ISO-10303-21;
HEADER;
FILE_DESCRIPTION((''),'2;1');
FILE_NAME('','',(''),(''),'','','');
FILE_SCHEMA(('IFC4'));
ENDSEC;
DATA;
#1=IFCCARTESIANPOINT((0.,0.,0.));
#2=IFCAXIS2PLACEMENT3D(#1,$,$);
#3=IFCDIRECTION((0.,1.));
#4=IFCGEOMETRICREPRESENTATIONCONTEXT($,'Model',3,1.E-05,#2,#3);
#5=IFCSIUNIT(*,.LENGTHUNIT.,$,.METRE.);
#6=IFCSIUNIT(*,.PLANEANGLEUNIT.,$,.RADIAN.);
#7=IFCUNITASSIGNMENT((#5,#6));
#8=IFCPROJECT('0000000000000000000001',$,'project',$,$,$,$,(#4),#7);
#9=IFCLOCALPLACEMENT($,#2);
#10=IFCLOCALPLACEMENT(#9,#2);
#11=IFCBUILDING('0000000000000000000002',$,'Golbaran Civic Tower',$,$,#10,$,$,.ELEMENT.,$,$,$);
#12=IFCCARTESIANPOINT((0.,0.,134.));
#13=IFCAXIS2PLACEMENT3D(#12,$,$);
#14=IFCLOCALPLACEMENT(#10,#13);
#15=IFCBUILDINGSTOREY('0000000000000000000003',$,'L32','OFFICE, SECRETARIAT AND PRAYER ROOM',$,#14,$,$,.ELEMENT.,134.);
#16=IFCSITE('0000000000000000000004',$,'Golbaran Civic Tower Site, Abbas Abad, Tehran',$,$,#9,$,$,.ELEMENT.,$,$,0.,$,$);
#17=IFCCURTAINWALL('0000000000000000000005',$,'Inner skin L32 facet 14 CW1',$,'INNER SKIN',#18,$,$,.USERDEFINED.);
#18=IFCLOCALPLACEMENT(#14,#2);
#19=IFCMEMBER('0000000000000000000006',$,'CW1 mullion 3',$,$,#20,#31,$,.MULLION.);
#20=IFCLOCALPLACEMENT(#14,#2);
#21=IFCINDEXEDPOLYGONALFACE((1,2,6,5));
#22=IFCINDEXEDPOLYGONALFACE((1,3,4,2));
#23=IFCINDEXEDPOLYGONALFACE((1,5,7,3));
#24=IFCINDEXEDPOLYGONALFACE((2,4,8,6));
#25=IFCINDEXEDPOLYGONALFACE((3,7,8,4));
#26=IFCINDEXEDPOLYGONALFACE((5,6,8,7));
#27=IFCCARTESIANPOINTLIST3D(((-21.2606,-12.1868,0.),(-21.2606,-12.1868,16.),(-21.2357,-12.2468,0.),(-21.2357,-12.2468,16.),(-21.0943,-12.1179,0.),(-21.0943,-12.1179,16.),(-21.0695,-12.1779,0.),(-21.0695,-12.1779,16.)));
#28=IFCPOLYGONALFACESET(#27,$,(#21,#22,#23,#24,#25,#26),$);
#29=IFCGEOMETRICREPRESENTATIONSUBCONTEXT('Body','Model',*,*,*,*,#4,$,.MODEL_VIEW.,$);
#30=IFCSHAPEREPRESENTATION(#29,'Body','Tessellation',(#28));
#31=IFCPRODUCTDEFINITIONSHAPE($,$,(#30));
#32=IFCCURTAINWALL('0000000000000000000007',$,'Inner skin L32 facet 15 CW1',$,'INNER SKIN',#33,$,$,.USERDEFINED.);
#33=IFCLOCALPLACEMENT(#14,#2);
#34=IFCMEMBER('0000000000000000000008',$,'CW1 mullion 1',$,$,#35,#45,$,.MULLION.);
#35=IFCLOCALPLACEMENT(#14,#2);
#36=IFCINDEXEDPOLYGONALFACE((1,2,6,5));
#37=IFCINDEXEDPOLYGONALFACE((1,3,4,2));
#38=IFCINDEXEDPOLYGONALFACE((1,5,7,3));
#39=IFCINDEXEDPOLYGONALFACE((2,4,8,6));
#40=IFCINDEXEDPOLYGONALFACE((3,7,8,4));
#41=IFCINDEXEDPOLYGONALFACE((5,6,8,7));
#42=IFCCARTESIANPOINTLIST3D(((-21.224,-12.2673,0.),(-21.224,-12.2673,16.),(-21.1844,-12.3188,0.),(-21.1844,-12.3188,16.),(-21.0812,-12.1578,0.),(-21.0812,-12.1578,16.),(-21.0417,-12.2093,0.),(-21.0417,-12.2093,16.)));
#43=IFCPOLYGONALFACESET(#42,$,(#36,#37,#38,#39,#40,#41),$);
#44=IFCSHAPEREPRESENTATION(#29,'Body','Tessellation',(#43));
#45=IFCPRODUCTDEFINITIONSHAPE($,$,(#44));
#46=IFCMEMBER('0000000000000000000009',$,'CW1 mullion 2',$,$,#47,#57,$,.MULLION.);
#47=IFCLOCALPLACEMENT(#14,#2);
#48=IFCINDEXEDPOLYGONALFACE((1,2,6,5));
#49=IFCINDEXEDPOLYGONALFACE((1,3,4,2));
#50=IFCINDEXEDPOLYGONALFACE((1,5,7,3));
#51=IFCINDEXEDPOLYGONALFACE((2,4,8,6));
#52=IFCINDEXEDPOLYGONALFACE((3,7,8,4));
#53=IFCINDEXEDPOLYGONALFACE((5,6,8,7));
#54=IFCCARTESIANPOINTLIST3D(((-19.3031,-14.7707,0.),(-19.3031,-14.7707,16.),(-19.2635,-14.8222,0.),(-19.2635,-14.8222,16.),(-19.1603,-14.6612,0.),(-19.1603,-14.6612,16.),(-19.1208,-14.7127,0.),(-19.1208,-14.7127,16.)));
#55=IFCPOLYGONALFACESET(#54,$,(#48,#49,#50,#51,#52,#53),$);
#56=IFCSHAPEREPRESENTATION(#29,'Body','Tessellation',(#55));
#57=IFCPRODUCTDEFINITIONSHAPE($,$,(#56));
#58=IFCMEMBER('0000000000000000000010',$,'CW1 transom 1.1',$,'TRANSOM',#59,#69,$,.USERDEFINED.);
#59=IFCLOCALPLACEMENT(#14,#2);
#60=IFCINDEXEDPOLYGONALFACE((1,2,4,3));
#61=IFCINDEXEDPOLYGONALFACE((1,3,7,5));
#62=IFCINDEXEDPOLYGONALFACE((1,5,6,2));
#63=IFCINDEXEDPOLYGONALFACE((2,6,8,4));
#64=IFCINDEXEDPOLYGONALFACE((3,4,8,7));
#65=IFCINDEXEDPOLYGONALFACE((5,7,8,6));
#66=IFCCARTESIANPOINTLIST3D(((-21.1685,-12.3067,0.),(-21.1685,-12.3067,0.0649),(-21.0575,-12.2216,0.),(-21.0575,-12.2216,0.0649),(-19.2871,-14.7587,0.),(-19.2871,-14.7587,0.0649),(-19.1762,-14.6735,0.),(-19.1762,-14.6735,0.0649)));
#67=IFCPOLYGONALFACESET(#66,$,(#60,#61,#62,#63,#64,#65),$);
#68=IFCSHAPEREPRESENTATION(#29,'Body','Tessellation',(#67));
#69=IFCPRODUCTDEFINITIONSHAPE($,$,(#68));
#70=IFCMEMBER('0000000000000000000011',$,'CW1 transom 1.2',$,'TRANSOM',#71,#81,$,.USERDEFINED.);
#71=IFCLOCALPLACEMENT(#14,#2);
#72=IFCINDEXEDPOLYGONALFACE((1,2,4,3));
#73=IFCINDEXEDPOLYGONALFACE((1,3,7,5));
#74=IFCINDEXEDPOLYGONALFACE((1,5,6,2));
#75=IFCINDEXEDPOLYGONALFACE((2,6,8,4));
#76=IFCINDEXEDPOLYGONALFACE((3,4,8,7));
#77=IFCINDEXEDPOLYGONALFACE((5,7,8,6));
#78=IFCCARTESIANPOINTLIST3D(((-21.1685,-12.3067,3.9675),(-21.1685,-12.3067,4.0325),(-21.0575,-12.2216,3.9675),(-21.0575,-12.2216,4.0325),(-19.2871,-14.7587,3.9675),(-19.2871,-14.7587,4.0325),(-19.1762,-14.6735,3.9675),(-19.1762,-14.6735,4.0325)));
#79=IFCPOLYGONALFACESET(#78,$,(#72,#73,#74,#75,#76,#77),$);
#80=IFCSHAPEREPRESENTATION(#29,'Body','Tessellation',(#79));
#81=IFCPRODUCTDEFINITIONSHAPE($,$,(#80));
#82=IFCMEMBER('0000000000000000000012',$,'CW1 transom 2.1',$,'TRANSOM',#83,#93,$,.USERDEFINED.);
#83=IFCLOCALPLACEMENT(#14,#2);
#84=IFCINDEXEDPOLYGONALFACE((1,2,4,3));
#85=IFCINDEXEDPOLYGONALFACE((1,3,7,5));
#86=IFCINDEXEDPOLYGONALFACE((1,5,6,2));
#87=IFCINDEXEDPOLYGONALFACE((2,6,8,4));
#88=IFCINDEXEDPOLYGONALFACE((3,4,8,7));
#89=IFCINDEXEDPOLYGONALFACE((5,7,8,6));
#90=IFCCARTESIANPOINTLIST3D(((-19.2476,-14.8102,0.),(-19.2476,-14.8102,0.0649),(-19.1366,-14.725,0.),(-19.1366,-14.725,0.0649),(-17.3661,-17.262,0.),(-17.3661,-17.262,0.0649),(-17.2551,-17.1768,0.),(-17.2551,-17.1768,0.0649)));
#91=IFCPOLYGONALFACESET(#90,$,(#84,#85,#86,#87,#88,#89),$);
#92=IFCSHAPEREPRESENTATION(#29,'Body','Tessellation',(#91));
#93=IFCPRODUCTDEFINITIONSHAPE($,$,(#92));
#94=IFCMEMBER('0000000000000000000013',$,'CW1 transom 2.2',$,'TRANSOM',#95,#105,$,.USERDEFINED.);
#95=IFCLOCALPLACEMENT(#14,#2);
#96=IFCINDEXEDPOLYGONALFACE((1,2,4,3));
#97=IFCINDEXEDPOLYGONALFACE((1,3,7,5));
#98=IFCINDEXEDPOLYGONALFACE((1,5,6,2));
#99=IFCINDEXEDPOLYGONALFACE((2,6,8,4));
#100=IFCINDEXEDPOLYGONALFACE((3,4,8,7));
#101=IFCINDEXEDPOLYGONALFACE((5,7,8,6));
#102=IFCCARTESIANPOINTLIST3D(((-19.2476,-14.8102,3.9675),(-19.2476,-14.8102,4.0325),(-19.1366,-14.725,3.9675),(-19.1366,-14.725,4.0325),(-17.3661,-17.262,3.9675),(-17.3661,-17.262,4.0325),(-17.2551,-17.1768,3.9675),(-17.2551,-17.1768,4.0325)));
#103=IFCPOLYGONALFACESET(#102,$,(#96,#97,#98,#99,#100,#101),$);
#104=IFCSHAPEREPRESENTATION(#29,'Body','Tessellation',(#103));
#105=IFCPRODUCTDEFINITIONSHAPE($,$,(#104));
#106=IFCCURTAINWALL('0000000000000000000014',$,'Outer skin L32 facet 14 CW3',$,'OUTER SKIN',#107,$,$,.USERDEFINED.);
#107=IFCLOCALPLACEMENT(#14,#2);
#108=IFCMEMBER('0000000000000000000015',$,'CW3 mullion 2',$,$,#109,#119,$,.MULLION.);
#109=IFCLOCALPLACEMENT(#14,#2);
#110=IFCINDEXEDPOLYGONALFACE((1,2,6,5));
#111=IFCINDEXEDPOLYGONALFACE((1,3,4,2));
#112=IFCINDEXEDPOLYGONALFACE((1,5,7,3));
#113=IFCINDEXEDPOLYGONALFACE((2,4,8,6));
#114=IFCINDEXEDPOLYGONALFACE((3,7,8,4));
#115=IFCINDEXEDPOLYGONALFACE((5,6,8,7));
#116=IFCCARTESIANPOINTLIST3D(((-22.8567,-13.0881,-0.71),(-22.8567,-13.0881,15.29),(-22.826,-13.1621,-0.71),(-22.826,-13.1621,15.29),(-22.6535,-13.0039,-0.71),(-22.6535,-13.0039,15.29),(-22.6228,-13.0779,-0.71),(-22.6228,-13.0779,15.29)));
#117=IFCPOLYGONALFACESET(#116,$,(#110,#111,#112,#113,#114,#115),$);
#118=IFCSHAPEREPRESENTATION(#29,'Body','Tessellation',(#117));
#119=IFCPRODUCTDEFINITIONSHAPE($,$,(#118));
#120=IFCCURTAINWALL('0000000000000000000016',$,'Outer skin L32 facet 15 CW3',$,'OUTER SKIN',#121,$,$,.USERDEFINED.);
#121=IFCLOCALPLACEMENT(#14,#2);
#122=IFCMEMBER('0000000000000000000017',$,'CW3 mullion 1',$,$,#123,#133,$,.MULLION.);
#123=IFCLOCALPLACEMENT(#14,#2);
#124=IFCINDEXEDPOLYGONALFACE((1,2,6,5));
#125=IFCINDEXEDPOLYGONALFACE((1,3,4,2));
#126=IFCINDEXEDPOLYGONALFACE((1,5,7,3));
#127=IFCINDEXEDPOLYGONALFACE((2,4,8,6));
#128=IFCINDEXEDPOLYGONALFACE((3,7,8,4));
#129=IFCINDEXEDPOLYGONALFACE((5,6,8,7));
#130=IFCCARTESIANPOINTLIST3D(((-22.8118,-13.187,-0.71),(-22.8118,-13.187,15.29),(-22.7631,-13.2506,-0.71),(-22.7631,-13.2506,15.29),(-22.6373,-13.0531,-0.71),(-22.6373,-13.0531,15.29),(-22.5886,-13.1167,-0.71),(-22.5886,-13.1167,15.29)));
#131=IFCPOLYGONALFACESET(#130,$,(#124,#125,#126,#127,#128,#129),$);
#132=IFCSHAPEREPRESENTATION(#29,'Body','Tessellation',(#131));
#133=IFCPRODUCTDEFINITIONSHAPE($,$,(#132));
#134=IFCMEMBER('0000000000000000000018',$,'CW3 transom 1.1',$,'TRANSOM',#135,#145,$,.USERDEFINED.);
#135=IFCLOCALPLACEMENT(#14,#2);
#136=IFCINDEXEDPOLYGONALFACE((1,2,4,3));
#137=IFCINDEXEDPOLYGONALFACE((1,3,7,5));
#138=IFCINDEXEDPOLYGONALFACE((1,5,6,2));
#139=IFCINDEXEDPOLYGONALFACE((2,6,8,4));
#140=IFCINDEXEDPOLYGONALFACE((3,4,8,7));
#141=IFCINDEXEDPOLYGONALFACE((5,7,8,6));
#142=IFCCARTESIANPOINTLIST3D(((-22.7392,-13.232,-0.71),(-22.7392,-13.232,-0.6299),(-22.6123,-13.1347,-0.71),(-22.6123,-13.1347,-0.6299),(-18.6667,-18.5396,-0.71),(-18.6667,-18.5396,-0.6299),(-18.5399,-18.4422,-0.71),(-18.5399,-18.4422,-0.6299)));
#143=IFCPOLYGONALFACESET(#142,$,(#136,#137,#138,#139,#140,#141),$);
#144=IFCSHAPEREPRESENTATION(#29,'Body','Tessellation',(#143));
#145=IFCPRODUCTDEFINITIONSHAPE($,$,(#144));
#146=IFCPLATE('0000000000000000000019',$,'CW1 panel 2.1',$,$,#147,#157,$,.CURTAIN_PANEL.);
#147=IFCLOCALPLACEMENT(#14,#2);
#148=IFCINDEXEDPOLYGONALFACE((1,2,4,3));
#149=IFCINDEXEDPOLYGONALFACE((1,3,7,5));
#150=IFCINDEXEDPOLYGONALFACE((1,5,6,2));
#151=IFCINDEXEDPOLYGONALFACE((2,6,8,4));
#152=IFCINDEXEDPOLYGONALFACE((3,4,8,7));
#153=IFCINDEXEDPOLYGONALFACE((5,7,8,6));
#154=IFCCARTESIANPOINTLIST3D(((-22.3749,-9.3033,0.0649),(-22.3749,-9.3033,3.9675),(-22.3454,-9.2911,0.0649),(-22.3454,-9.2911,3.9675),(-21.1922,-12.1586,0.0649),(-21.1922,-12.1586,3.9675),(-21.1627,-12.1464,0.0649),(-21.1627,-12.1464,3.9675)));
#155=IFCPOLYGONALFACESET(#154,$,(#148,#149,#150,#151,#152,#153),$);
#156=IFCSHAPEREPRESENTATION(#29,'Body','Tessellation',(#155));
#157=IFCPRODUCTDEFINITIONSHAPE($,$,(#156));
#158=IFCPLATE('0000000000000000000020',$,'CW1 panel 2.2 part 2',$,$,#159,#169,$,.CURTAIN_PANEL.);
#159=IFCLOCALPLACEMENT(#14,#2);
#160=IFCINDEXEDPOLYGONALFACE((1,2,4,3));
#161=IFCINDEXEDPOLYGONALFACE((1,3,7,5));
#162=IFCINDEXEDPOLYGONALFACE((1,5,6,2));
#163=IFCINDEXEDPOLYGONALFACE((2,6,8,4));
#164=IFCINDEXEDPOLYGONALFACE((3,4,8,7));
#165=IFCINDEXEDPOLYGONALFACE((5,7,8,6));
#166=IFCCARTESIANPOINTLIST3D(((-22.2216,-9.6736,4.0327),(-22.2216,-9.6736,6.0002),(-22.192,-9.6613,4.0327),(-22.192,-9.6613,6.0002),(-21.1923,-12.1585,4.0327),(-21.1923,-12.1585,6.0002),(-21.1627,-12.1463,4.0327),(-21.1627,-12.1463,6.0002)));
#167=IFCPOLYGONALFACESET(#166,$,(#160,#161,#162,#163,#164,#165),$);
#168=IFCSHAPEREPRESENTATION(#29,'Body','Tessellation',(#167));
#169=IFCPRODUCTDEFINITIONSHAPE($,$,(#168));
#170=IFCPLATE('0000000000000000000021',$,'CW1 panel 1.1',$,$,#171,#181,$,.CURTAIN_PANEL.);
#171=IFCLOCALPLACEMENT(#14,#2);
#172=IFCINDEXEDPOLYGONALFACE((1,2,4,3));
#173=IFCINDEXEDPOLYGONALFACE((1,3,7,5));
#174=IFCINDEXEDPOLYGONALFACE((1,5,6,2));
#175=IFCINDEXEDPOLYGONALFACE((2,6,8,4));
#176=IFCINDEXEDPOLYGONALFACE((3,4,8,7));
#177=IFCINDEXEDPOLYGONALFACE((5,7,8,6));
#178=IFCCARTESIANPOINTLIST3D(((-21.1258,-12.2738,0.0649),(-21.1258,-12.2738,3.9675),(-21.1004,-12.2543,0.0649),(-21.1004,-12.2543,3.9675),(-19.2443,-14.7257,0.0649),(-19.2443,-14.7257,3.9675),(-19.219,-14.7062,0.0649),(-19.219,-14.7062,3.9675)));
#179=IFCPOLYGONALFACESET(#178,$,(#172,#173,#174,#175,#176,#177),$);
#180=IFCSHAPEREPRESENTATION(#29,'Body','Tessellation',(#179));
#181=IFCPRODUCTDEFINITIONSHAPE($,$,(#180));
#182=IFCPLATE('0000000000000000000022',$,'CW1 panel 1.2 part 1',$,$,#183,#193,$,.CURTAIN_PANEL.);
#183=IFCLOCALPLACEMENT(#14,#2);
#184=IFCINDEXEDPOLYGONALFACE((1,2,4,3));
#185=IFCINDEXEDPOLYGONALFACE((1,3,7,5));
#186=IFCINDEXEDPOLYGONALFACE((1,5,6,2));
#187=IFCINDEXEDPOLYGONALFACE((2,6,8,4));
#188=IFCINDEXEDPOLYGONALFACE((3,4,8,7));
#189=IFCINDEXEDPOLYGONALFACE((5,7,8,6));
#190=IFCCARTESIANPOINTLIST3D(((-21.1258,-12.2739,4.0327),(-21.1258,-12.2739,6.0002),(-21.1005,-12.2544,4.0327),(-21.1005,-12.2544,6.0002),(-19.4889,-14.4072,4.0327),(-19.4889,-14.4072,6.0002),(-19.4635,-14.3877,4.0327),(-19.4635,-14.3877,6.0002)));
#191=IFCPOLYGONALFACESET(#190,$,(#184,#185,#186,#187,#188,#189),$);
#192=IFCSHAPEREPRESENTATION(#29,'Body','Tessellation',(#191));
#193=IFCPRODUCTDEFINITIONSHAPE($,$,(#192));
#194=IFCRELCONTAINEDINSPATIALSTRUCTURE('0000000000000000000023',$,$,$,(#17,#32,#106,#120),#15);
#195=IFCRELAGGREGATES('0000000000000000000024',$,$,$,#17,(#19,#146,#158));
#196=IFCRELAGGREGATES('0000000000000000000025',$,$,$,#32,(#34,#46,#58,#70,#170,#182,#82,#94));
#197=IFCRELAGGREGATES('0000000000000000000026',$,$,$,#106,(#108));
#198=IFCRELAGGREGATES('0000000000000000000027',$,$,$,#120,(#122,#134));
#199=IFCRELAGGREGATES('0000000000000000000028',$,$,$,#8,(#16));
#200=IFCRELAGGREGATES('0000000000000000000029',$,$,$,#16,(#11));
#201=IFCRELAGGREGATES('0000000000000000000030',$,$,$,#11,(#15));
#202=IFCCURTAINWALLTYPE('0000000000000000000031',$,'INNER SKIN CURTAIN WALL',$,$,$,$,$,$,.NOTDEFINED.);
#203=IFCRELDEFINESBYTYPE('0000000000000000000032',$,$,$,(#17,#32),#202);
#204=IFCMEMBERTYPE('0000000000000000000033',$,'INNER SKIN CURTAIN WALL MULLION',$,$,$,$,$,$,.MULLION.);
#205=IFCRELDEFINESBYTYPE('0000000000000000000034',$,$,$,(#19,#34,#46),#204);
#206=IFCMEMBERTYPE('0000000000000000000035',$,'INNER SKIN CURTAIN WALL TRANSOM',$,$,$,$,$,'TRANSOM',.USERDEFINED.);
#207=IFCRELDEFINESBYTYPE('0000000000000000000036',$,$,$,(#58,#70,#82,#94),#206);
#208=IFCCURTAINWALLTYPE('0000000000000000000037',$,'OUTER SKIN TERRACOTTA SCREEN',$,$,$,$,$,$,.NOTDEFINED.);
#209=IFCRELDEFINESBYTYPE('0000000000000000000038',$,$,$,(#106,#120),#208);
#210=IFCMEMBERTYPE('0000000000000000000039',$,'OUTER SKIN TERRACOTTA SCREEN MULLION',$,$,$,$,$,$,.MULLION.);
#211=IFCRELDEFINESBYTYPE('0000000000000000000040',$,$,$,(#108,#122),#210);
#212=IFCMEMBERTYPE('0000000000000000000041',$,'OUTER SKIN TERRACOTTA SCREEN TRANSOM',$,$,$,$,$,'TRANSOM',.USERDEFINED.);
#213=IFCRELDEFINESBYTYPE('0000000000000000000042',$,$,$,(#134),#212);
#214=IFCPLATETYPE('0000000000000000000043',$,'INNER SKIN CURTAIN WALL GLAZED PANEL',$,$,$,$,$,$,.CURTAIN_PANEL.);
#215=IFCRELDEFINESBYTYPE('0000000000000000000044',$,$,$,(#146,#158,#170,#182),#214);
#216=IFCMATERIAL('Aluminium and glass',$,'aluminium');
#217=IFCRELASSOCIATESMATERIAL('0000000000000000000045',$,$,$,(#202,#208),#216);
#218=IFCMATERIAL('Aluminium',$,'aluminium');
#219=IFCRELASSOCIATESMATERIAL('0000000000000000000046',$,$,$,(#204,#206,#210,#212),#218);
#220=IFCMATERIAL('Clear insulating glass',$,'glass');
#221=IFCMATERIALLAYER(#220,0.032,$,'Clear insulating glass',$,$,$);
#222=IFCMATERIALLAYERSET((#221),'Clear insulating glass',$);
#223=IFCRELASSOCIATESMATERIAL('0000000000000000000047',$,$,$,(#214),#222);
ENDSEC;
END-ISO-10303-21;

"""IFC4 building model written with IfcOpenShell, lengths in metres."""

from ifc_helpers import new_model, si_unit, direction, frame, origin, origin_2d, place, context, subcontext, project, spatial, rectangle, extrude, material, layer, layer_set, material_profile, profile_set, type_object, element, aggregate, save


model = new_model("IFC4")

# Units and contexts
model_context = context("Model", 3, precision=1e-05, world=origin(), true_north=direction((0.0, 1.0)))
body_context = subcontext(model_context, "Body", "Model", "MODEL_VIEW")
ifc_project = project(units=[si_unit("LENGTHUNIT", "METRE"), si_unit("PLANEANGLEUNIT", "RADIAN")], contexts=[model_context])

# Site, building, storey
site_placement = place(None, origin())
site = spatial("IfcSite", under=ifc_project, at=site_placement, Name="Golbaran Civic Tower Site, Abbas Abad, Tehran", CompositionType="ELEMENT", RefElevation=0.0)
building_placement = place(site_placement, origin())
building = spatial("IfcBuilding", under=site, at=building_placement, Name="Golbaran Civic Tower", CompositionType="ELEMENT")
storey_placement = place(building_placement, frame((0.0, 0.0, 134.0)))
storey = spatial("IfcBuildingStorey", under=building, at=storey_placement, Name="L32", Description="OFFICE, SECRETARIAT AND PRAYER ROOM", CompositionType="ELEMENT", Elevation=134.0)

# Curtain wall, member
ifc_material_1 = material(Name="Aluminium and glass", Category="aluminium")
curtain_wall_type_1 = type_object("IfcCurtainWallType", Name="INNER SKIN CURTAIN WALL", PredefinedType="NOTDEFINED", material=ifc_material_1)
curtain_wall_1_placement = place(storey_placement, origin())
curtain_wall_1 = element("IfcCurtainWall", 1, at=curtain_wall_1_placement, inside=storey, type_object=curtain_wall_type_1, Name="Inner skin L32 facet 14 CW1", ObjectType="INNER SKIN", PredefinedType="USERDEFINED")
ifc_material_2 = material(Name="Aluminium", Category="aluminium")
ifc_material_profile_1 = material_profile(ifc_material_2, rectangle(XDim=0.1799, YDim=0.0649, at=origin_2d()), Name="INNER SKIN CURTAIN WALL MULLION")
ifc_profile_set_1 = profile_set([ifc_material_profile_1], Name="Aluminium")
member_type_1 = type_object("IfcMemberType", Name="INNER SKIN CURTAIN WALL MULLION", PredefinedType="MULLION", material=ifc_profile_set_1)
member_1_placement = place(storey_placement, frame((-21.165, -12.1824, 0.0), z_axis=(0.0, 0.0, 1.0), x_axis=(0.92388, 0.382683, 0.0)))
member_1 = element("IfcMember", 2, at=member_1_placement, type_object=member_type_1, Name="CW1 mullion 3", PredefinedType="MULLION", context=body_context, shape_type="SweptSolid", body=[
    extrude(rectangle(XDim=0.1799, YDim=0.0649, at=origin_2d()), origin(), (0.0, 0.0, 1.0), 16.0),
])

# Curtain wall, members
curtain_wall_2_placement = place(storey_placement, origin())
curtain_wall_2 = element("IfcCurtainWall", 3, at=curtain_wall_2_placement, inside=storey, type_object=curtain_wall_type_1, Name="Inner skin L32 facet 15 CW1", ObjectType="INNER SKIN", PredefinedType="USERDEFINED")
member_2_placement = place(storey_placement, frame((-21.1328, -12.2383, 0.0), z_axis=(0.0, 0.0, 1.0), x_axis=(0.793353, 0.608761, 0.0)))
member_2 = element("IfcMember", 4, at=member_2_placement, type_object=member_type_1, Name="CW1 mullion 1", PredefinedType="MULLION", context=body_context, shape_type="SweptSolid", body=[
    extrude(rectangle(XDim=0.1799, YDim=0.0649, at=origin_2d()), origin(), (0.0, 0.0, 1.0), 16.0),
])
member_3_placement = place(storey_placement, frame((-19.2119, -14.7417, 0.0), z_axis=(0.0, 0.0, 1.0), x_axis=(0.793353, 0.608761, 0.0)))
member_3 = element("IfcMember", 5, at=member_3_placement, type_object=member_type_1, Name="CW1 mullion 2", PredefinedType="MULLION", context=body_context, shape_type="SweptSolid", body=[
    extrude(rectangle(XDim=0.1799, YDim=0.0649, at=origin_2d()), origin(), (0.0, 0.0, 1.0), 16.0),
])
ifc_material_profile_2 = material_profile(ifc_material_2, rectangle(XDim=0.1399, YDim=0.0649, at=origin_2d()), Name="INNER SKIN CURTAIN WALL TRANSOM")
ifc_profile_set_2 = profile_set([ifc_material_profile_2], Name="Aluminium")
member_type_2 = type_object("IfcMemberType", Name="INNER SKIN CURTAIN WALL TRANSOM", ElementType="TRANSOM", PredefinedType="USERDEFINED", material=ifc_profile_set_2)
member_4_placement = place(storey_placement, frame((-21.113, -12.2642, 0.0325), z_axis=(0.608748, -0.793363, 0.0), x_axis=(0.793363, 0.608748, 0.0)))
member_4 = element("IfcMember", 6, at=member_4_placement, type_object=member_type_2, Name="CW1 transom 1.1", ObjectType="TRANSOM", PredefinedType="USERDEFINED", context=body_context, shape_type="SweptSolid", body=[
    extrude(rectangle(XDim=0.1399, YDim=0.0649, at=origin_2d()), origin(), (0.0, 0.0, 1.0), 3.0906),
])
member_5_placement = place(storey_placement, frame((-21.113, -12.2642, 4.0), z_axis=(0.608748, -0.793363, 0.0), x_axis=(0.793363, 0.608748, 0.0)))
member_5 = element("IfcMember", 7, at=member_5_placement, type_object=member_type_2, Name="CW1 transom 1.2", ObjectType="TRANSOM", PredefinedType="USERDEFINED", context=body_context, shape_type="SweptSolid", body=[
    extrude(rectangle(XDim=0.1399, YDim=0.0649, at=origin_2d()), origin(), (0.0, 0.0, 1.0), 3.0906),
])
member_6_placement = place(storey_placement, frame((-19.1921, -14.7676, 0.0325), z_axis=(0.608798, -0.793325, 0.0), x_axis=(0.793325, 0.608798, 0.0)))
member_6 = element("IfcMember", 8, at=member_6_placement, type_object=member_type_2, Name="CW1 transom 2.1", ObjectType="TRANSOM", PredefinedType="USERDEFINED", context=body_context, shape_type="SweptSolid", body=[
    extrude(rectangle(XDim=0.1399, YDim=0.0649, at=origin_2d()), origin(), (0.0, 0.0, 1.0), 3.0906),
])
member_7_placement = place(storey_placement, frame((-19.1921, -14.7676, 4.0), z_axis=(0.608798, -0.793325, 0.0), x_axis=(0.793325, 0.608798, 0.0)))
member_7 = element("IfcMember", 9, at=member_7_placement, type_object=member_type_2, Name="CW1 transom 2.2", ObjectType="TRANSOM", PredefinedType="USERDEFINED", context=body_context, shape_type="SweptSolid", body=[
    extrude(rectangle(XDim=0.1399, YDim=0.0649, at=origin_2d()), origin(), (0.0, 0.0, 1.0), 3.0906),
])

# Curtain wall, member
curtain_wall_type_2 = type_object("IfcCurtainWallType", Name="OUTER SKIN TERRACOTTA SCREEN", PredefinedType="NOTDEFINED", material=ifc_material_1)
curtain_wall_3_placement = place(storey_placement, origin())
curtain_wall_3 = element("IfcCurtainWall", 10, at=curtain_wall_3_placement, inside=storey, type_object=curtain_wall_type_2, Name="Outer skin L32 facet 14 CW3", ObjectType="OUTER SKIN", PredefinedType="USERDEFINED")
ifc_material_profile_3 = material_profile(ifc_material_2, rectangle(XDim=0.22, YDim=0.0801, at=origin_2d()), Name="OUTER SKIN TERRACOTTA SCREEN MULLION")
ifc_profile_set_3 = profile_set([ifc_material_profile_3], Name="Aluminium")
member_type_3 = type_object("IfcMemberType", Name="OUTER SKIN TERRACOTTA SCREEN MULLION", PredefinedType="MULLION", material=ifc_profile_set_3)
member_8_placement = place(storey_placement, frame((-22.7397, -13.083, -0.71), z_axis=(0.0, 0.0, 1.0), x_axis=(0.92388, 0.382683, 0.0)))
member_8 = element("IfcMember", 11, at=member_8_placement, type_object=member_type_3, Name="CW3 mullion 2", PredefinedType="MULLION", context=body_context, shape_type="SweptSolid", body=[
    extrude(rectangle(XDim=0.22, YDim=0.0801, at=origin_2d()), origin(), (0.0, 0.0, 1.0), 16.0),
])

# Curtain wall, members
curtain_wall_4_placement = place(storey_placement, origin())
curtain_wall_4 = element("IfcCurtainWall", 12, at=curtain_wall_4_placement, inside=storey, type_object=curtain_wall_type_2, Name="Outer skin L32 facet 15 CW3", ObjectType="OUTER SKIN", PredefinedType="USERDEFINED")
member_9_placement = place(storey_placement, frame((-22.7002, -13.1519, -0.71), z_axis=(0.0, 0.0, 1.0), x_axis=(0.793353, 0.608761, 0.0)))
member_9 = element("IfcMember", 13, at=member_9_placement, type_object=member_type_3, Name="CW3 mullion 1", PredefinedType="MULLION", context=body_context, shape_type="SweptSolid", body=[
    extrude(rectangle(XDim=0.22, YDim=0.0801, at=origin_2d()), origin(), (0.0, 0.0, 1.0), 16.0),
])
ifc_material_profile_4 = material_profile(ifc_material_2, rectangle(XDim=0.1599, YDim=0.0801, at=origin_2d()), Name="OUTER SKIN TERRACOTTA SCREEN TRANSOM")
ifc_profile_set_4 = profile_set([ifc_material_profile_4], Name="Aluminium")
member_type_4 = type_object("IfcMemberType", Name="OUTER SKIN TERRACOTTA SCREEN TRANSOM", ElementType="TRANSOM", PredefinedType="USERDEFINED", material=ifc_profile_set_4)
member_10_placement = place(storey_placement, frame((-22.6758, -13.1833, -0.6699), z_axis=(0.608746, -0.793365, 0.0), x_axis=(0.793365, 0.608746, 0.0)))
member_10 = element("IfcMember", 14, at=member_10_placement, type_object=member_type_4, Name="CW3 transom 1.1", ObjectType="TRANSOM", PredefinedType="USERDEFINED", context=body_context, shape_type="SweptSolid", body=[
    extrude(rectangle(XDim=0.1599, YDim=0.0801, at=origin_2d()), origin(), (0.0, 0.0, 1.0), 6.6899),
])

# Plates
ifc_material_3 = material(Name="Clear insulating glass", Category="glass")
ifc_layer_1 = layer(ifc_material_3, 0.032, Name="Clear insulating glass")
ifc_layer_set_1 = layer_set([ifc_layer_1], Name="Clear insulating glass")
plate_type_1 = type_object("IfcPlateType", Name="INNER SKIN CURTAIN WALL GLAZED PANEL", PredefinedType="CURTAIN_PANEL", material=ifc_layer_set_1)
plate_1_placement = place(storey_placement, frame((-21.7688, -10.7249, 0.0649), z_axis=(0.0, 0.0, 1.0), x_axis=(0.382683, -0.92388, 0.0)))
plate_1 = element("IfcPlate", 15, at=plate_1_placement, type_object=plate_type_1, Name="CW1 panel 2.1", PredefinedType="CURTAIN_PANEL", context=body_context, shape_type="SweptSolid", body=[
    extrude(rectangle(XDim=3.0906, YDim=0.032, at=origin_2d()), origin(), (0.0, 0.0, 1.0), 3.9026),
])
plate_2_placement = place(storey_placement, frame((-21.6921, -10.9099, 4.0327), z_axis=(0.0, 0.0, 1.0), x_axis=(0.382683, -0.92388, 0.0)))
plate_2 = element("IfcPlate", 16, at=plate_2_placement, type_object=plate_type_1, Name="CW1 panel 2.2 part 2", PredefinedType="CURTAIN_PANEL", context=body_context, shape_type="SweptSolid", body=[
    extrude(rectangle(XDim=2.6897, YDim=0.032, at=origin_2d()), origin(), (0.0, 0.0, 1.0), 1.9675),
])
aggregate(curtain_wall_1, [member_1, plate_1, plate_2])
plate_3_placement = place(storey_placement, frame((-20.1724, -13.49, 0.0649), z_axis=(0.0, 0.0, 1.0), x_axis=(0.608761, -0.793353, 0.0)))
plate_3 = element("IfcPlate", 17, at=plate_3_placement, type_object=plate_type_1, Name="CW1 panel 1.1", PredefinedType="CURTAIN_PANEL", context=body_context, shape_type="SweptSolid", body=[
    extrude(rectangle(XDim=3.0906, YDim=0.032, at=origin_2d()), origin(), (0.0, 0.0, 1.0), 3.9026),
])
plate_4_placement = place(storey_placement, frame((-20.2947, -13.3308, 4.0327), z_axis=(0.0, 0.0, 1.0), x_axis=(0.608761, -0.793353, 0.0)))
plate_4 = element("IfcPlate", 18, at=plate_4_placement, type_object=plate_type_1, Name="CW1 panel 1.2 part 1", PredefinedType="CURTAIN_PANEL", context=body_context, shape_type="SweptSolid", body=[
    extrude(rectangle(XDim=2.689, YDim=0.032, at=origin_2d()), origin(), (0.0, 0.0, 1.0), 1.9675),
])
aggregate(curtain_wall_2, [member_2, member_3, member_4, member_5, plate_3, plate_4, member_6, member_7])
aggregate(curtain_wall_3, [member_8])
aggregate(curtain_wall_4, [member_9, member_10])

save(model, "model.ifc")
